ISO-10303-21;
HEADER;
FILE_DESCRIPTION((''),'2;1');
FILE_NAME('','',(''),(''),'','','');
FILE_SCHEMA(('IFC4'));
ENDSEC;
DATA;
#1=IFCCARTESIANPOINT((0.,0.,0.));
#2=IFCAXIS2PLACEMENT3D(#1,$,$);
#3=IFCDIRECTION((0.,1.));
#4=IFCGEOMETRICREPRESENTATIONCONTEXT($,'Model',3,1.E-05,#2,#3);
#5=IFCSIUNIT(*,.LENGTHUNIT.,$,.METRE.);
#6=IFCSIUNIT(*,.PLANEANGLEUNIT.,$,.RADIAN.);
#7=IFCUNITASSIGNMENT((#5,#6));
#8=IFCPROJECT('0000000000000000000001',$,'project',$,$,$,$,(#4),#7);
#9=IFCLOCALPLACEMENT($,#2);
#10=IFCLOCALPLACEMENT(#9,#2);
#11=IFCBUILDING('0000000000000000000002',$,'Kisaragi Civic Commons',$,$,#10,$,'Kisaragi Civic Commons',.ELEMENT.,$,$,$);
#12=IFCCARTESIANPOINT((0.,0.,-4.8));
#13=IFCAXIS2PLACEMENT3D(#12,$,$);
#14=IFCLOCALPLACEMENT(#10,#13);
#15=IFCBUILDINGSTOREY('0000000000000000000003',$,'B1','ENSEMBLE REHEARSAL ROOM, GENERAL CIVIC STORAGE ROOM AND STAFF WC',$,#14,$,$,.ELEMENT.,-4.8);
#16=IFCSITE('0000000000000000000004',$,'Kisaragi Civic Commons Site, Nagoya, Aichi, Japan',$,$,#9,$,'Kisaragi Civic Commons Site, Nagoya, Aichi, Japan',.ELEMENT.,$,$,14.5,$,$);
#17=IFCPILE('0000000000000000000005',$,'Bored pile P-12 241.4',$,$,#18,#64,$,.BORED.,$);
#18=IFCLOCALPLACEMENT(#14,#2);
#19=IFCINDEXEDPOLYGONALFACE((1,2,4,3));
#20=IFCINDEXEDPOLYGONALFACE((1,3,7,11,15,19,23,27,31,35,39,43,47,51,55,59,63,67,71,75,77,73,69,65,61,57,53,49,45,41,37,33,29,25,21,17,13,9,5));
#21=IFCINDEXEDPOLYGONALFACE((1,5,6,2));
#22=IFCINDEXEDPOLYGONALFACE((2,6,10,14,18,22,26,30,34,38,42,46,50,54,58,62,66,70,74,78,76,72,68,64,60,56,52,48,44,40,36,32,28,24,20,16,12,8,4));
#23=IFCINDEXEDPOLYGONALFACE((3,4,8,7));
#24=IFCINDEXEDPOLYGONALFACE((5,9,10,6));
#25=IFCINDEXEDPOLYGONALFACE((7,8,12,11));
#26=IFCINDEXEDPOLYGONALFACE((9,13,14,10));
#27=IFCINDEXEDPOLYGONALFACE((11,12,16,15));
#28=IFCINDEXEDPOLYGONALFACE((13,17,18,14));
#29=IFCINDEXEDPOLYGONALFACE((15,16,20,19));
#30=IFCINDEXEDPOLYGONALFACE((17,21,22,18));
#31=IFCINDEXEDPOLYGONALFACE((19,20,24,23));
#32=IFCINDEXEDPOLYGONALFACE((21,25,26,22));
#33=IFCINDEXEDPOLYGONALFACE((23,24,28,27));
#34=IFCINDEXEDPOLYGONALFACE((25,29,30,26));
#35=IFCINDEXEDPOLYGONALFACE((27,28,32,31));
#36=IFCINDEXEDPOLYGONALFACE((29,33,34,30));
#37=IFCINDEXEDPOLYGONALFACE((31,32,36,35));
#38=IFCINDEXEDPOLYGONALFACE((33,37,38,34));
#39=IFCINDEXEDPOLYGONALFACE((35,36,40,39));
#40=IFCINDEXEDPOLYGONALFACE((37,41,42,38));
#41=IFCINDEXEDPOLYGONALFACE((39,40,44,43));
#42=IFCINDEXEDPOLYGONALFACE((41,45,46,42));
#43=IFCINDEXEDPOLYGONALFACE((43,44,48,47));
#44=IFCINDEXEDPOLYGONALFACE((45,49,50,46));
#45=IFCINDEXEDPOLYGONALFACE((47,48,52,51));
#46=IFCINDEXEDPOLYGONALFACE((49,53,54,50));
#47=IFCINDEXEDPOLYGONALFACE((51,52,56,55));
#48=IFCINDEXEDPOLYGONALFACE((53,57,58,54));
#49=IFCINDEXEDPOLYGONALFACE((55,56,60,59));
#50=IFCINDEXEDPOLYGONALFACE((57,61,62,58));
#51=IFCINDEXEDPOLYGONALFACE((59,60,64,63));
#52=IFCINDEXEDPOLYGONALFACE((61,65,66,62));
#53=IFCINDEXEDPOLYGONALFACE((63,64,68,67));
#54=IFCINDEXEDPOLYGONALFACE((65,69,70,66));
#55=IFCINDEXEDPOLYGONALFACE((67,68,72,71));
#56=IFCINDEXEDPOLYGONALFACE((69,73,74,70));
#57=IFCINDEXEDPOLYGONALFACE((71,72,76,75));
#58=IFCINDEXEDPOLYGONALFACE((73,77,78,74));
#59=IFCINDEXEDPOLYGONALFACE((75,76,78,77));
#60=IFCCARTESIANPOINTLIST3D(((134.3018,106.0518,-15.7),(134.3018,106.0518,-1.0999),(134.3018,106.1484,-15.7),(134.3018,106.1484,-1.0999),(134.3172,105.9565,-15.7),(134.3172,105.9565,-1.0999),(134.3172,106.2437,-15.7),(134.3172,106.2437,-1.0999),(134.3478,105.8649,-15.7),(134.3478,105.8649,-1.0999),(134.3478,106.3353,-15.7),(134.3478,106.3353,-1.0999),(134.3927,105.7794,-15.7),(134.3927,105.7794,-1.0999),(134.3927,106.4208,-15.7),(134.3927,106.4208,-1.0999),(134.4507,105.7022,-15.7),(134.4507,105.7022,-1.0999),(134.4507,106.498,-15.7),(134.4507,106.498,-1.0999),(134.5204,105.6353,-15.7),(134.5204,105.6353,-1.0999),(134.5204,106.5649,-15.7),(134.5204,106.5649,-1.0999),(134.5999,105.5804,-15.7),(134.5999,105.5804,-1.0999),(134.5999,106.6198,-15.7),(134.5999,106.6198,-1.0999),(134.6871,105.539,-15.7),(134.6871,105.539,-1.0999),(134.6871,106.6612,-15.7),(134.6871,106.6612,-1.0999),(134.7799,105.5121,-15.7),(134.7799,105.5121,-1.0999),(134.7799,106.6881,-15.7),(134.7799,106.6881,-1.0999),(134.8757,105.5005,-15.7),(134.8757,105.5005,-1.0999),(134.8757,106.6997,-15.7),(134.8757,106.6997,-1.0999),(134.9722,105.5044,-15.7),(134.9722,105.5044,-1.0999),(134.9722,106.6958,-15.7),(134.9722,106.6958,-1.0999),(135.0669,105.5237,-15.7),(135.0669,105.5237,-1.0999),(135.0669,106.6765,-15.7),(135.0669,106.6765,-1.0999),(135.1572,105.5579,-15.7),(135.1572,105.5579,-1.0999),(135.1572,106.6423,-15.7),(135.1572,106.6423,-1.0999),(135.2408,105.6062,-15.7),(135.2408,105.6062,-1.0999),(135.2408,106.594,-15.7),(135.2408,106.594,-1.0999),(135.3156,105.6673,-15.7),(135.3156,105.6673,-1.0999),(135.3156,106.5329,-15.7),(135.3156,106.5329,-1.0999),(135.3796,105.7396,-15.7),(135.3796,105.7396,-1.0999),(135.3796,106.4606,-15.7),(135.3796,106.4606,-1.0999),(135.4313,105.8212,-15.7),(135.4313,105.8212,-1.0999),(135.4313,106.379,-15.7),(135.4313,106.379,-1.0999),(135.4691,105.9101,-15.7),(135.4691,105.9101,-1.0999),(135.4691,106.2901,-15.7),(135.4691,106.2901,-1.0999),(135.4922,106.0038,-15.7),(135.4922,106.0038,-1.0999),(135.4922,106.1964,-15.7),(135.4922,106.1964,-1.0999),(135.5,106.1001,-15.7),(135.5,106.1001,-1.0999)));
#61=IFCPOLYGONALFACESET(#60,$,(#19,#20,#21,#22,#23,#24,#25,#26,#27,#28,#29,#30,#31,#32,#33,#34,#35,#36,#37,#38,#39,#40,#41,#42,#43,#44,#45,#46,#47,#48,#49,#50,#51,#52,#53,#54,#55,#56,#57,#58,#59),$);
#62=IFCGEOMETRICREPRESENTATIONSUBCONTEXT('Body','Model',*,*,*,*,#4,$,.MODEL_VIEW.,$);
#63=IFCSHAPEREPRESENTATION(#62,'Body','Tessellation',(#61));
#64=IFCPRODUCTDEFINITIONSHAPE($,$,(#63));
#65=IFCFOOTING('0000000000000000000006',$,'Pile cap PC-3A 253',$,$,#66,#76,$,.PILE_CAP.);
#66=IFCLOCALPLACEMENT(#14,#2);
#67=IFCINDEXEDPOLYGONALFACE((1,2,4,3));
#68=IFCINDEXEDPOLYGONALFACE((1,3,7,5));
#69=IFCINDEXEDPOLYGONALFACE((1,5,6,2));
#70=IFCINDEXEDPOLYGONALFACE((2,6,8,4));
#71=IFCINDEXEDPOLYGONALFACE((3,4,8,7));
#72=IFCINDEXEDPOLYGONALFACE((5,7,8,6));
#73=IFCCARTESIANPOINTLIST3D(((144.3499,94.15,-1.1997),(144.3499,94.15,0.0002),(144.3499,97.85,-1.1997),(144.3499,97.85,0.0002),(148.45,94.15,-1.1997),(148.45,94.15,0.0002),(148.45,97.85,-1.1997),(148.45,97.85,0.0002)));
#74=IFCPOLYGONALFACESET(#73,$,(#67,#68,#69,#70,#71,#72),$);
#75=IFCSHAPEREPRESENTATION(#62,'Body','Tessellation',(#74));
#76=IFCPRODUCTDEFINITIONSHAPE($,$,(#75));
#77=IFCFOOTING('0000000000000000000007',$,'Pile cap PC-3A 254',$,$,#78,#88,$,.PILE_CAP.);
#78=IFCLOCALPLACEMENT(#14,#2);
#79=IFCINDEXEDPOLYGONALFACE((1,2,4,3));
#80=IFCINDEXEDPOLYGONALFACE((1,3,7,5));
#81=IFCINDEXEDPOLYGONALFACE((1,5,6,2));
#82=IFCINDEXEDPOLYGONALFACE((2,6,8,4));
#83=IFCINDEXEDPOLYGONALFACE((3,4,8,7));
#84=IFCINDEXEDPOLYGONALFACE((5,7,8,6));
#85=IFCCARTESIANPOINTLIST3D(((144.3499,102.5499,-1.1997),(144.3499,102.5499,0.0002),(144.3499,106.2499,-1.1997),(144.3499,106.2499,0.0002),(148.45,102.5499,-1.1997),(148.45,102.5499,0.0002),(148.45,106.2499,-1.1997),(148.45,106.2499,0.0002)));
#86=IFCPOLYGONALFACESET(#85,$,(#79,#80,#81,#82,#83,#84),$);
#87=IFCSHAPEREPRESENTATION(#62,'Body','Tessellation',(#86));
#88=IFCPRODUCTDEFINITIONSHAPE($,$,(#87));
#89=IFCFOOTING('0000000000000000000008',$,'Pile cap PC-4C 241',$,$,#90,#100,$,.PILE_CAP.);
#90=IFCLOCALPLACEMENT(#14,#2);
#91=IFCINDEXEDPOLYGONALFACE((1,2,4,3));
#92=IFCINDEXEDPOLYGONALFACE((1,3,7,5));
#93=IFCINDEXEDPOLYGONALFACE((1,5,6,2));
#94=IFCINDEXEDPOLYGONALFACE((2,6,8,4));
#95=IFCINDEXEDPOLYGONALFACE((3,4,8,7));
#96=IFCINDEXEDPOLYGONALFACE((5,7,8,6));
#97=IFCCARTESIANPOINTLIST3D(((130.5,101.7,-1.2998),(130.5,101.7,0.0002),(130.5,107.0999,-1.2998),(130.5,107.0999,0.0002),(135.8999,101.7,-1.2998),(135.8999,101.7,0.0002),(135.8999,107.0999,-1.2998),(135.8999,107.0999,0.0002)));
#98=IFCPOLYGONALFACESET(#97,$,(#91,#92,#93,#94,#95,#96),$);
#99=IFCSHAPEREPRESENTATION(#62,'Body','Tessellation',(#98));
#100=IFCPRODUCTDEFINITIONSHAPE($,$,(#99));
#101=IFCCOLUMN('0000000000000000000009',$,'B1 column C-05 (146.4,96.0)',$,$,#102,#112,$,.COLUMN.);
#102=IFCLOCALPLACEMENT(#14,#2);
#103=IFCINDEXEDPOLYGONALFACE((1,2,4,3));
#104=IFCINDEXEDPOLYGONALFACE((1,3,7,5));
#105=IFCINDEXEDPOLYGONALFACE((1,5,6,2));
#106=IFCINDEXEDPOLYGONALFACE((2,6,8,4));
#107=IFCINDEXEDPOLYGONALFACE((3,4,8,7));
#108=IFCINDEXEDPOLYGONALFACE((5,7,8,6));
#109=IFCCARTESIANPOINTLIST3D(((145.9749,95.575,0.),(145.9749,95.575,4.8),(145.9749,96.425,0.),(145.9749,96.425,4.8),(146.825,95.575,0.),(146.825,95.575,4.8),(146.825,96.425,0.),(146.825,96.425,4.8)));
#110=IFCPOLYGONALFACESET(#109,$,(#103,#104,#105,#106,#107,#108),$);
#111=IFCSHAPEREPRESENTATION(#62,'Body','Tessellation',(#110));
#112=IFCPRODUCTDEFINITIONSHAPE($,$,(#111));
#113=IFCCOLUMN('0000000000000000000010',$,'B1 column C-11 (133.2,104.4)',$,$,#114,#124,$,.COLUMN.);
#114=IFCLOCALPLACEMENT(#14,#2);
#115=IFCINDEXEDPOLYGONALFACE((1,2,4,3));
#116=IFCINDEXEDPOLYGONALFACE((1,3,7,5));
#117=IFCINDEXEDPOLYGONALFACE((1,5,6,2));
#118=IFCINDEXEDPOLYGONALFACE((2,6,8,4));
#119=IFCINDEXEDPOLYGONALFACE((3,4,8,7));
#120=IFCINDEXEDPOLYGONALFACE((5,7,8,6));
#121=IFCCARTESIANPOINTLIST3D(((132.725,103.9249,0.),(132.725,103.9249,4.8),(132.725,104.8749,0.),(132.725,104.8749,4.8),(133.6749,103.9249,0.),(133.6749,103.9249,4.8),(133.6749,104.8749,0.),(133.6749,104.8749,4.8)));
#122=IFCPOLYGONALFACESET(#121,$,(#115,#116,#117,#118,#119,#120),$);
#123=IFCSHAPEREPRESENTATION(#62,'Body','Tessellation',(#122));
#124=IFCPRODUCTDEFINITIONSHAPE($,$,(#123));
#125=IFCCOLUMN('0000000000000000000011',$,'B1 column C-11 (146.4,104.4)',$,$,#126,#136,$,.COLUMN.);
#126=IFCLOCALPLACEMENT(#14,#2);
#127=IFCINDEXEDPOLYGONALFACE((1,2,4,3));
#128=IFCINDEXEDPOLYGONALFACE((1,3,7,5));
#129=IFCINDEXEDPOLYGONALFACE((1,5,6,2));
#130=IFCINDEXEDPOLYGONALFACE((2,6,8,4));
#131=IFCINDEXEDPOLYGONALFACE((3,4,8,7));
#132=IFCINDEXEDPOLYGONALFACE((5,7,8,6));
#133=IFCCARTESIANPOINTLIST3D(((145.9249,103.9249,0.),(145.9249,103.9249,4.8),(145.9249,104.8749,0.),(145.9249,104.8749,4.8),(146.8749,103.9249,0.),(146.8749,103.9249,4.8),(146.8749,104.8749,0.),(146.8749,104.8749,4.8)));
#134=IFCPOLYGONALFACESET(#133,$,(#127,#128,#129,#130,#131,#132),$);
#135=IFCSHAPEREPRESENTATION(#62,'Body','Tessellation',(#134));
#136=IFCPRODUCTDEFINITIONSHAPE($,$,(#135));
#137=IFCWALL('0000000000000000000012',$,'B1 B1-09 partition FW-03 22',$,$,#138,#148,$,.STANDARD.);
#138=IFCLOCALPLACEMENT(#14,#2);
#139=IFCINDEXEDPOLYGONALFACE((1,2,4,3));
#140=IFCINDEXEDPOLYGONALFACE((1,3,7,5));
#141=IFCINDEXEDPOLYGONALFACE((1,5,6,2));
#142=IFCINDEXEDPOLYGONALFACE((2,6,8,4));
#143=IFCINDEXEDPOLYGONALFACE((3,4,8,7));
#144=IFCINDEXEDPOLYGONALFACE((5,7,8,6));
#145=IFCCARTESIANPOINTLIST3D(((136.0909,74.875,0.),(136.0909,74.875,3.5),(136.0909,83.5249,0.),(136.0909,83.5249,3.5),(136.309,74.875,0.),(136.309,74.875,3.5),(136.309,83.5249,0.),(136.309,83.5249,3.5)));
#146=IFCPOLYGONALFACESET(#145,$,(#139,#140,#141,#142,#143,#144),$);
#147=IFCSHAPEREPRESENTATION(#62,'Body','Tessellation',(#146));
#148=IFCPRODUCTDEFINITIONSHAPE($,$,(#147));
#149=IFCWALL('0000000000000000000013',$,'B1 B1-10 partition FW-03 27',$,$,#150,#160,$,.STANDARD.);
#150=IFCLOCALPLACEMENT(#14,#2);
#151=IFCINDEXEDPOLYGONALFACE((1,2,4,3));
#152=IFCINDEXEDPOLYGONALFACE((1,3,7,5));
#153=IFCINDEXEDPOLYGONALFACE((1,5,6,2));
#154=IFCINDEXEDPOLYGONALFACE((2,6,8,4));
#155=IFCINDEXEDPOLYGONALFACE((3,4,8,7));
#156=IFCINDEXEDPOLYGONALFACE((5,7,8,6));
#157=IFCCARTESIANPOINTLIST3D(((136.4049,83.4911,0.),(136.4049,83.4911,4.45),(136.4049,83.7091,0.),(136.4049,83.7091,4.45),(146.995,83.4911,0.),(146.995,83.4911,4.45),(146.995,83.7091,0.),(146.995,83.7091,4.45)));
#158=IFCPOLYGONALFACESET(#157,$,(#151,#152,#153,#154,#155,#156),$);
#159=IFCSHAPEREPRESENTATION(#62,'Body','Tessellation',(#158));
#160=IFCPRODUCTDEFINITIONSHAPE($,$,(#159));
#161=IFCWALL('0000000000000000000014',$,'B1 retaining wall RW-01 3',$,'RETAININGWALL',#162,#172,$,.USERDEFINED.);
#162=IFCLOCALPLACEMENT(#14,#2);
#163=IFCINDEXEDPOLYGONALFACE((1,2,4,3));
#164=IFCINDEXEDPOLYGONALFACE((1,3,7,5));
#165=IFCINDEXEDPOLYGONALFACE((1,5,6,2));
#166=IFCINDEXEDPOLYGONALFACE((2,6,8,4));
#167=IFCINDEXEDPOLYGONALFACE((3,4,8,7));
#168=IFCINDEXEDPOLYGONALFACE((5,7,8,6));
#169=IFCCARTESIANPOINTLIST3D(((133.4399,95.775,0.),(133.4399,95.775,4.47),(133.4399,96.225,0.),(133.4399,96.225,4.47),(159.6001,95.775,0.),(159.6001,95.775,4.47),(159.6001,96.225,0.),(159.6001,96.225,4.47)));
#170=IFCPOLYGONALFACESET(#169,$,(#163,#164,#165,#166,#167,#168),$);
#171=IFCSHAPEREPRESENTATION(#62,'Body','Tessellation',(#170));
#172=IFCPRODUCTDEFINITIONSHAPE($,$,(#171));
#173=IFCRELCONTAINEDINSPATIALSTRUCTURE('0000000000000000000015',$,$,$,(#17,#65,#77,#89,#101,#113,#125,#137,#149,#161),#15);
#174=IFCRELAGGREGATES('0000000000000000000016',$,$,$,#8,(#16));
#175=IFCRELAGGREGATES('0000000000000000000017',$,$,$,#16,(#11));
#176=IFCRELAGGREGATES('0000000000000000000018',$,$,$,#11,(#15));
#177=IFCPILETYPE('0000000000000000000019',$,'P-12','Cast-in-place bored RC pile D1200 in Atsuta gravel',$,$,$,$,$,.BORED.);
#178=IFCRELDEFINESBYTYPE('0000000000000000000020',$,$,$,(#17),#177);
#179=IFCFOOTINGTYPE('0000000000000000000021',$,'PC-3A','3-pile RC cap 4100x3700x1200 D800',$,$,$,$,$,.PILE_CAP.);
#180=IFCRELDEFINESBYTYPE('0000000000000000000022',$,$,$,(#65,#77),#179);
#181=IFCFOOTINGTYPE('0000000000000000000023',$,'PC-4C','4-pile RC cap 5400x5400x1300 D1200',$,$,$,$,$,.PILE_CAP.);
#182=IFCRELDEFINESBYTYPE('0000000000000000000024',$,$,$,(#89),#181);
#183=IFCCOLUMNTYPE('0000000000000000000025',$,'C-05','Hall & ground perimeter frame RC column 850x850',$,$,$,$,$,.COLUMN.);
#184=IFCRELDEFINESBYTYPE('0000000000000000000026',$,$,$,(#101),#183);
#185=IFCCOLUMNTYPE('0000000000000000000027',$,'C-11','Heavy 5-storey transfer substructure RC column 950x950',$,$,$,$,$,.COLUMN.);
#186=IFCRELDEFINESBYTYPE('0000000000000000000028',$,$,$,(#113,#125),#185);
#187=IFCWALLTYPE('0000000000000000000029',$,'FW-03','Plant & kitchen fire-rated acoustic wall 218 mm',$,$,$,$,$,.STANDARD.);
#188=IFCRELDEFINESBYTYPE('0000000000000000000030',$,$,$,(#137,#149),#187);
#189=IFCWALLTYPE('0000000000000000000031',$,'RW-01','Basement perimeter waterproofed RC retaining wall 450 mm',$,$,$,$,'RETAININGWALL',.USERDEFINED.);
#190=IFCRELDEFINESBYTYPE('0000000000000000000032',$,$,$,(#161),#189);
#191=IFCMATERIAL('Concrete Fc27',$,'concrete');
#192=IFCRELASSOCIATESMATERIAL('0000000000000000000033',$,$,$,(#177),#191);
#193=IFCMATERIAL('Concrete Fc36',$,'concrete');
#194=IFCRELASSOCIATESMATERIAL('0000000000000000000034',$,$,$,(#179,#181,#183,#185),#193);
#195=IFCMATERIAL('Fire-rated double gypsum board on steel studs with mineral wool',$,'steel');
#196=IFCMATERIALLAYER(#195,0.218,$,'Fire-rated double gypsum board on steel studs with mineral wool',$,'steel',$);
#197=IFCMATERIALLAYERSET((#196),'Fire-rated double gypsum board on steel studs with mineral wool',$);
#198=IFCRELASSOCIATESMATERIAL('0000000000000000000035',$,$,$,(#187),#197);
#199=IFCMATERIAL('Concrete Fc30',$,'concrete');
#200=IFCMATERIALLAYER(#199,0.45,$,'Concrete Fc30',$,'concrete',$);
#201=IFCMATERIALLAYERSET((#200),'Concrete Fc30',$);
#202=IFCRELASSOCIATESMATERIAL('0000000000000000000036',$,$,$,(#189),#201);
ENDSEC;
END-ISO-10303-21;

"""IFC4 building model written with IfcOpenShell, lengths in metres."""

from ifc_helpers import new_model, si_unit, direction, frame, frame_2d, origin, origin_2d, place, context, subcontext, project, spatial, rectangle, circle, extrude, material, layer, layer_set, material_profile, profile_set, type_object, element, save


model = new_model("IFC4")

# Units and contexts
model_context = context("Model", 3, precision=1e-05, world=origin(), true_north=direction((0.0, 1.0)))
body_context = subcontext(model_context, "Body", "Model", "MODEL_VIEW")
ifc_project = project(units=[si_unit("LENGTHUNIT", "METRE"), si_unit("PLANEANGLEUNIT", "RADIAN")], contexts=[model_context])

# Site, building, storey
site_placement = place(None, origin())
site = spatial("IfcSite", under=ifc_project, at=site_placement, Name="Kisaragi Civic Commons Site, Nagoya, Aichi, Japan", LongName="Kisaragi Civic Commons Site, Nagoya, Aichi, Japan", CompositionType="ELEMENT", RefElevation=14.5)
building_placement = place(site_placement, origin())
building = spatial("IfcBuilding", under=site, at=building_placement, Name="Kisaragi Civic Commons", LongName="Kisaragi Civic Commons", CompositionType="ELEMENT")
storey_placement = place(building_placement, frame((0.0, 0.0, -4.8)))
storey = spatial("IfcBuildingStorey", under=building, at=storey_placement, Name="B1", Description="ENSEMBLE REHEARSAL ROOM, GENERAL CIVIC STORAGE ROOM AND STAFF WC", CompositionType="ELEMENT", Elevation=-4.8)

# Shared definitions
ifc_material_1 = material(Name="Concrete Fc27", Category="concrete")

# Pile
ifc_material_profile_1 = material_profile(ifc_material_1, circle(Radius=0.6001, at=origin_2d()), Name="PILE-D1200", Category="concrete")
ifc_profile_set_1 = profile_set([ifc_material_profile_1], Name="Concrete Fc27")
pile_type_1 = type_object("IfcPileType", Name="P-12", Description="Cast-in-place bored RC pile D1200 in Atsuta gravel", PredefinedType="BORED", material=ifc_profile_set_1)
for number, where, z_axis, x_axis, name in (
    (1, (134.8999, 106.1001, -1.0999), (0.0, 0.0, -1.0), (1.0, 0.0, 0.0), "Bored pile P-12 241.4"),
):
    element("IfcPile", number, at=place(storey_placement, frame(where, z_axis=z_axis, x_axis=x_axis)), inside=storey, type_object=pile_type_1, Name=name, PredefinedType="BORED", context=body_context, shape_type="SweptSolid", body=[
        extrude(circle(Radius=0.6001, at=origin_2d()), origin(), (0.0, 0.0, 1.0), 14.6001),
    ])

# Footings
ifc_material_2 = material(Name="Concrete Fc36", Category="concrete")
footing_type_1 = type_object("IfcFootingType", Name="PC-3A", Description="3-pile RC cap 4100x3700x1200 D800", PredefinedType="PILE_CAP", material=ifc_material_2)
for number, where, z_axis, x_axis, name in (
    (2, (146.3999, 96.0, -1.1997), (0.0, 0.0, 1.0), (1.0, 0.0, 0.0), "Pile cap PC-3A 253"),
    (3, (146.3999, 104.3999, -1.1997), (0.0, 0.0, 1.0), (1.0, 0.0, 0.0), "Pile cap PC-3A 254"),
):
    element("IfcFooting", number, at=place(storey_placement, frame(where, z_axis=z_axis, x_axis=x_axis)), inside=storey, type_object=footing_type_1, Name=name, PredefinedType="PILE_CAP", context=body_context, shape_type="SweptSolid", body=[
        extrude(rectangle(XDim=4.1001, YDim=3.7, at=origin_2d()), origin(), (0.0, 0.0, 1.0), 1.2),
    ])
footing_type_2 = type_object("IfcFootingType", Name="PC-4C", Description="4-pile RC cap 5400x5400x1300 D1200", PredefinedType="PILE_CAP", material=ifc_material_2)
footing_1_placement = place(storey_placement, frame((133.2, 104.3999, -1.2998), z_axis=(0.0, 0.0, 1.0), x_axis=(1.0, 0.0, 0.0)))
element("IfcFooting", 4, at=footing_1_placement, inside=storey, type_object=footing_type_2, Name="Pile cap PC-4C 241", PredefinedType="PILE_CAP", context=body_context, shape_type="SweptSolid", body=[
    extrude(rectangle(XDim=5.3999, YDim=5.3999, at=origin_2d()), origin(), (0.0, 0.0, 1.0), 1.3),
])

# Columns
ifc_material_profile_2 = material_profile(ifc_material_2, rectangle(XDim=0.8501, YDim=0.8501, at=origin_2d()), Name="RC-850x850", Category="concrete")
ifc_profile_set_2 = profile_set([ifc_material_profile_2], Name="Concrete Fc36")
column_type_1 = type_object("IfcColumnType", Name="C-05", Description="Hall & ground perimeter frame RC column 850x850", PredefinedType="COLUMN", material=ifc_profile_set_2)
column_placement = place(storey_placement, frame((146.3999, 96.0, 0.0), z_axis=(0.0, 0.0, 1.0), x_axis=(1.0, 0.0, 0.0)))
element("IfcColumn", 5, at=column_placement, inside=storey, type_object=column_type_1, Name="B1 column C-05 (146.4,96.0)", PredefinedType="COLUMN", context=body_context, shape_type="SweptSolid", body=[
    extrude(rectangle(XDim=0.8501, YDim=0.8501, at=origin_2d()), origin(), (0.0, 0.0, 1.0), 4.8),
])
ifc_material_profile_3 = material_profile(ifc_material_2, rectangle(XDim=0.95, YDim=0.95, at=origin_2d()), Name="RC-950x950", Category="concrete")
ifc_profile_set_3 = profile_set([ifc_material_profile_3], Name="Concrete Fc36")
column_type_2 = type_object("IfcColumnType", Name="C-11", Description="Heavy 5-storey transfer substructure RC column 950x950", PredefinedType="COLUMN", material=ifc_profile_set_3)
for number, where, z_axis, x_axis, name in (
    (6, (133.2, 104.3999, 0.0), (0.0, 0.0, 1.0), (1.0, 0.0, 0.0), "B1 column C-11 (133.2,104.4)"),
    (7, (146.3999, 104.3999, 0.0), (0.0, 0.0, 1.0), (1.0, 0.0, 0.0), "B1 column C-11 (146.4,104.4)"),
):
    element("IfcColumn", number, at=place(storey_placement, frame(where, z_axis=z_axis, x_axis=x_axis)), inside=storey, type_object=column_type_2, Name=name, PredefinedType="COLUMN", context=body_context, shape_type="SweptSolid", body=[
        extrude(rectangle(XDim=0.95, YDim=0.95, at=origin_2d()), origin(), (0.0, 0.0, 1.0), 4.8),
    ])

# Walls
ifc_material_3 = material(Name="Fire-rated double gypsum board on steel studs with mineral wool", Category="steel")
ifc_layer_1 = layer(ifc_material_3, 0.218, Name="Fire-rated double gypsum board on steel studs with mineral wool", Category="steel")
ifc_layer_set_1 = layer_set([ifc_layer_1], Name="Fire-rated double gypsum board on steel studs with mineral wool")
wall_type_1 = type_object("IfcWallType", Name="FW-03", Description="Plant & kitchen fire-rated acoustic wall 218 mm", PredefinedType="STANDARD", material=ifc_layer_set_1)
wall_1_placement = place(storey_placement, frame((136.2, 83.5249, 0.0), z_axis=(0.0, 0.0, 1.0), x_axis=(0.0, -1.0, 0.0)))
element("IfcWall", 8, at=wall_1_placement, inside=storey, type_object=wall_type_1, Name="B1 B1-09 partition FW-03 22", PredefinedType="STANDARD", context=body_context, shape_type="SweptSolid", body=[
    extrude(rectangle(XDim=8.6499, YDim=0.218, at=frame_2d((4.325, 0.0))), origin(), (0.0, 0.0, 1.0), 3.5),
])
wall_2_placement = place(storey_placement, frame((136.405, 83.6001, 0.0), z_axis=(0.0, 0.0, 1.0), x_axis=(1.0, 0.0, 0.0)))
element("IfcWall", 9, at=wall_2_placement, inside=storey, type_object=wall_type_1, Name="B1 B1-10 partition FW-03 27", PredefinedType="STANDARD", context=body_context, shape_type="SweptSolid", body=[
    extrude(rectangle(XDim=10.5901, YDim=0.218, at=frame_2d((5.2949, 0.0))), origin(), (0.0, 0.0, 1.0), 4.45),
])
ifc_material_4 = material(Name="Concrete Fc30", Category="concrete")
ifc_layer_2 = layer(ifc_material_4, 0.45, Name="Concrete Fc30", Category="concrete")
ifc_layer_set_2 = layer_set([ifc_layer_2], Name="Concrete Fc30")
wall_type_2 = type_object("IfcWallType", Name="RW-01", Description="Basement perimeter waterproofed RC retaining wall 450 mm", ElementType="RETAININGWALL", PredefinedType="USERDEFINED", material=ifc_layer_set_2)
wall_3_placement = place(storey_placement, frame((133.4399, 96.0, 0.0), z_axis=(0.0, 0.0, 1.0), x_axis=(1.0, 0.0, 0.0)))
element("IfcWall", 10, at=wall_3_placement, inside=storey, type_object=wall_type_2, Name="B1 retaining wall RW-01 3", ObjectType="RETAININGWALL", PredefinedType="USERDEFINED", context=body_context, shape_type="SweptSolid", body=[
    extrude(rectangle(XDim=26.1602, YDim=0.45, at=frame_2d((13.0801, 0.0))), origin(), (0.0, 0.0, 1.0), 4.47),
])

save(model, "model.ifc")
